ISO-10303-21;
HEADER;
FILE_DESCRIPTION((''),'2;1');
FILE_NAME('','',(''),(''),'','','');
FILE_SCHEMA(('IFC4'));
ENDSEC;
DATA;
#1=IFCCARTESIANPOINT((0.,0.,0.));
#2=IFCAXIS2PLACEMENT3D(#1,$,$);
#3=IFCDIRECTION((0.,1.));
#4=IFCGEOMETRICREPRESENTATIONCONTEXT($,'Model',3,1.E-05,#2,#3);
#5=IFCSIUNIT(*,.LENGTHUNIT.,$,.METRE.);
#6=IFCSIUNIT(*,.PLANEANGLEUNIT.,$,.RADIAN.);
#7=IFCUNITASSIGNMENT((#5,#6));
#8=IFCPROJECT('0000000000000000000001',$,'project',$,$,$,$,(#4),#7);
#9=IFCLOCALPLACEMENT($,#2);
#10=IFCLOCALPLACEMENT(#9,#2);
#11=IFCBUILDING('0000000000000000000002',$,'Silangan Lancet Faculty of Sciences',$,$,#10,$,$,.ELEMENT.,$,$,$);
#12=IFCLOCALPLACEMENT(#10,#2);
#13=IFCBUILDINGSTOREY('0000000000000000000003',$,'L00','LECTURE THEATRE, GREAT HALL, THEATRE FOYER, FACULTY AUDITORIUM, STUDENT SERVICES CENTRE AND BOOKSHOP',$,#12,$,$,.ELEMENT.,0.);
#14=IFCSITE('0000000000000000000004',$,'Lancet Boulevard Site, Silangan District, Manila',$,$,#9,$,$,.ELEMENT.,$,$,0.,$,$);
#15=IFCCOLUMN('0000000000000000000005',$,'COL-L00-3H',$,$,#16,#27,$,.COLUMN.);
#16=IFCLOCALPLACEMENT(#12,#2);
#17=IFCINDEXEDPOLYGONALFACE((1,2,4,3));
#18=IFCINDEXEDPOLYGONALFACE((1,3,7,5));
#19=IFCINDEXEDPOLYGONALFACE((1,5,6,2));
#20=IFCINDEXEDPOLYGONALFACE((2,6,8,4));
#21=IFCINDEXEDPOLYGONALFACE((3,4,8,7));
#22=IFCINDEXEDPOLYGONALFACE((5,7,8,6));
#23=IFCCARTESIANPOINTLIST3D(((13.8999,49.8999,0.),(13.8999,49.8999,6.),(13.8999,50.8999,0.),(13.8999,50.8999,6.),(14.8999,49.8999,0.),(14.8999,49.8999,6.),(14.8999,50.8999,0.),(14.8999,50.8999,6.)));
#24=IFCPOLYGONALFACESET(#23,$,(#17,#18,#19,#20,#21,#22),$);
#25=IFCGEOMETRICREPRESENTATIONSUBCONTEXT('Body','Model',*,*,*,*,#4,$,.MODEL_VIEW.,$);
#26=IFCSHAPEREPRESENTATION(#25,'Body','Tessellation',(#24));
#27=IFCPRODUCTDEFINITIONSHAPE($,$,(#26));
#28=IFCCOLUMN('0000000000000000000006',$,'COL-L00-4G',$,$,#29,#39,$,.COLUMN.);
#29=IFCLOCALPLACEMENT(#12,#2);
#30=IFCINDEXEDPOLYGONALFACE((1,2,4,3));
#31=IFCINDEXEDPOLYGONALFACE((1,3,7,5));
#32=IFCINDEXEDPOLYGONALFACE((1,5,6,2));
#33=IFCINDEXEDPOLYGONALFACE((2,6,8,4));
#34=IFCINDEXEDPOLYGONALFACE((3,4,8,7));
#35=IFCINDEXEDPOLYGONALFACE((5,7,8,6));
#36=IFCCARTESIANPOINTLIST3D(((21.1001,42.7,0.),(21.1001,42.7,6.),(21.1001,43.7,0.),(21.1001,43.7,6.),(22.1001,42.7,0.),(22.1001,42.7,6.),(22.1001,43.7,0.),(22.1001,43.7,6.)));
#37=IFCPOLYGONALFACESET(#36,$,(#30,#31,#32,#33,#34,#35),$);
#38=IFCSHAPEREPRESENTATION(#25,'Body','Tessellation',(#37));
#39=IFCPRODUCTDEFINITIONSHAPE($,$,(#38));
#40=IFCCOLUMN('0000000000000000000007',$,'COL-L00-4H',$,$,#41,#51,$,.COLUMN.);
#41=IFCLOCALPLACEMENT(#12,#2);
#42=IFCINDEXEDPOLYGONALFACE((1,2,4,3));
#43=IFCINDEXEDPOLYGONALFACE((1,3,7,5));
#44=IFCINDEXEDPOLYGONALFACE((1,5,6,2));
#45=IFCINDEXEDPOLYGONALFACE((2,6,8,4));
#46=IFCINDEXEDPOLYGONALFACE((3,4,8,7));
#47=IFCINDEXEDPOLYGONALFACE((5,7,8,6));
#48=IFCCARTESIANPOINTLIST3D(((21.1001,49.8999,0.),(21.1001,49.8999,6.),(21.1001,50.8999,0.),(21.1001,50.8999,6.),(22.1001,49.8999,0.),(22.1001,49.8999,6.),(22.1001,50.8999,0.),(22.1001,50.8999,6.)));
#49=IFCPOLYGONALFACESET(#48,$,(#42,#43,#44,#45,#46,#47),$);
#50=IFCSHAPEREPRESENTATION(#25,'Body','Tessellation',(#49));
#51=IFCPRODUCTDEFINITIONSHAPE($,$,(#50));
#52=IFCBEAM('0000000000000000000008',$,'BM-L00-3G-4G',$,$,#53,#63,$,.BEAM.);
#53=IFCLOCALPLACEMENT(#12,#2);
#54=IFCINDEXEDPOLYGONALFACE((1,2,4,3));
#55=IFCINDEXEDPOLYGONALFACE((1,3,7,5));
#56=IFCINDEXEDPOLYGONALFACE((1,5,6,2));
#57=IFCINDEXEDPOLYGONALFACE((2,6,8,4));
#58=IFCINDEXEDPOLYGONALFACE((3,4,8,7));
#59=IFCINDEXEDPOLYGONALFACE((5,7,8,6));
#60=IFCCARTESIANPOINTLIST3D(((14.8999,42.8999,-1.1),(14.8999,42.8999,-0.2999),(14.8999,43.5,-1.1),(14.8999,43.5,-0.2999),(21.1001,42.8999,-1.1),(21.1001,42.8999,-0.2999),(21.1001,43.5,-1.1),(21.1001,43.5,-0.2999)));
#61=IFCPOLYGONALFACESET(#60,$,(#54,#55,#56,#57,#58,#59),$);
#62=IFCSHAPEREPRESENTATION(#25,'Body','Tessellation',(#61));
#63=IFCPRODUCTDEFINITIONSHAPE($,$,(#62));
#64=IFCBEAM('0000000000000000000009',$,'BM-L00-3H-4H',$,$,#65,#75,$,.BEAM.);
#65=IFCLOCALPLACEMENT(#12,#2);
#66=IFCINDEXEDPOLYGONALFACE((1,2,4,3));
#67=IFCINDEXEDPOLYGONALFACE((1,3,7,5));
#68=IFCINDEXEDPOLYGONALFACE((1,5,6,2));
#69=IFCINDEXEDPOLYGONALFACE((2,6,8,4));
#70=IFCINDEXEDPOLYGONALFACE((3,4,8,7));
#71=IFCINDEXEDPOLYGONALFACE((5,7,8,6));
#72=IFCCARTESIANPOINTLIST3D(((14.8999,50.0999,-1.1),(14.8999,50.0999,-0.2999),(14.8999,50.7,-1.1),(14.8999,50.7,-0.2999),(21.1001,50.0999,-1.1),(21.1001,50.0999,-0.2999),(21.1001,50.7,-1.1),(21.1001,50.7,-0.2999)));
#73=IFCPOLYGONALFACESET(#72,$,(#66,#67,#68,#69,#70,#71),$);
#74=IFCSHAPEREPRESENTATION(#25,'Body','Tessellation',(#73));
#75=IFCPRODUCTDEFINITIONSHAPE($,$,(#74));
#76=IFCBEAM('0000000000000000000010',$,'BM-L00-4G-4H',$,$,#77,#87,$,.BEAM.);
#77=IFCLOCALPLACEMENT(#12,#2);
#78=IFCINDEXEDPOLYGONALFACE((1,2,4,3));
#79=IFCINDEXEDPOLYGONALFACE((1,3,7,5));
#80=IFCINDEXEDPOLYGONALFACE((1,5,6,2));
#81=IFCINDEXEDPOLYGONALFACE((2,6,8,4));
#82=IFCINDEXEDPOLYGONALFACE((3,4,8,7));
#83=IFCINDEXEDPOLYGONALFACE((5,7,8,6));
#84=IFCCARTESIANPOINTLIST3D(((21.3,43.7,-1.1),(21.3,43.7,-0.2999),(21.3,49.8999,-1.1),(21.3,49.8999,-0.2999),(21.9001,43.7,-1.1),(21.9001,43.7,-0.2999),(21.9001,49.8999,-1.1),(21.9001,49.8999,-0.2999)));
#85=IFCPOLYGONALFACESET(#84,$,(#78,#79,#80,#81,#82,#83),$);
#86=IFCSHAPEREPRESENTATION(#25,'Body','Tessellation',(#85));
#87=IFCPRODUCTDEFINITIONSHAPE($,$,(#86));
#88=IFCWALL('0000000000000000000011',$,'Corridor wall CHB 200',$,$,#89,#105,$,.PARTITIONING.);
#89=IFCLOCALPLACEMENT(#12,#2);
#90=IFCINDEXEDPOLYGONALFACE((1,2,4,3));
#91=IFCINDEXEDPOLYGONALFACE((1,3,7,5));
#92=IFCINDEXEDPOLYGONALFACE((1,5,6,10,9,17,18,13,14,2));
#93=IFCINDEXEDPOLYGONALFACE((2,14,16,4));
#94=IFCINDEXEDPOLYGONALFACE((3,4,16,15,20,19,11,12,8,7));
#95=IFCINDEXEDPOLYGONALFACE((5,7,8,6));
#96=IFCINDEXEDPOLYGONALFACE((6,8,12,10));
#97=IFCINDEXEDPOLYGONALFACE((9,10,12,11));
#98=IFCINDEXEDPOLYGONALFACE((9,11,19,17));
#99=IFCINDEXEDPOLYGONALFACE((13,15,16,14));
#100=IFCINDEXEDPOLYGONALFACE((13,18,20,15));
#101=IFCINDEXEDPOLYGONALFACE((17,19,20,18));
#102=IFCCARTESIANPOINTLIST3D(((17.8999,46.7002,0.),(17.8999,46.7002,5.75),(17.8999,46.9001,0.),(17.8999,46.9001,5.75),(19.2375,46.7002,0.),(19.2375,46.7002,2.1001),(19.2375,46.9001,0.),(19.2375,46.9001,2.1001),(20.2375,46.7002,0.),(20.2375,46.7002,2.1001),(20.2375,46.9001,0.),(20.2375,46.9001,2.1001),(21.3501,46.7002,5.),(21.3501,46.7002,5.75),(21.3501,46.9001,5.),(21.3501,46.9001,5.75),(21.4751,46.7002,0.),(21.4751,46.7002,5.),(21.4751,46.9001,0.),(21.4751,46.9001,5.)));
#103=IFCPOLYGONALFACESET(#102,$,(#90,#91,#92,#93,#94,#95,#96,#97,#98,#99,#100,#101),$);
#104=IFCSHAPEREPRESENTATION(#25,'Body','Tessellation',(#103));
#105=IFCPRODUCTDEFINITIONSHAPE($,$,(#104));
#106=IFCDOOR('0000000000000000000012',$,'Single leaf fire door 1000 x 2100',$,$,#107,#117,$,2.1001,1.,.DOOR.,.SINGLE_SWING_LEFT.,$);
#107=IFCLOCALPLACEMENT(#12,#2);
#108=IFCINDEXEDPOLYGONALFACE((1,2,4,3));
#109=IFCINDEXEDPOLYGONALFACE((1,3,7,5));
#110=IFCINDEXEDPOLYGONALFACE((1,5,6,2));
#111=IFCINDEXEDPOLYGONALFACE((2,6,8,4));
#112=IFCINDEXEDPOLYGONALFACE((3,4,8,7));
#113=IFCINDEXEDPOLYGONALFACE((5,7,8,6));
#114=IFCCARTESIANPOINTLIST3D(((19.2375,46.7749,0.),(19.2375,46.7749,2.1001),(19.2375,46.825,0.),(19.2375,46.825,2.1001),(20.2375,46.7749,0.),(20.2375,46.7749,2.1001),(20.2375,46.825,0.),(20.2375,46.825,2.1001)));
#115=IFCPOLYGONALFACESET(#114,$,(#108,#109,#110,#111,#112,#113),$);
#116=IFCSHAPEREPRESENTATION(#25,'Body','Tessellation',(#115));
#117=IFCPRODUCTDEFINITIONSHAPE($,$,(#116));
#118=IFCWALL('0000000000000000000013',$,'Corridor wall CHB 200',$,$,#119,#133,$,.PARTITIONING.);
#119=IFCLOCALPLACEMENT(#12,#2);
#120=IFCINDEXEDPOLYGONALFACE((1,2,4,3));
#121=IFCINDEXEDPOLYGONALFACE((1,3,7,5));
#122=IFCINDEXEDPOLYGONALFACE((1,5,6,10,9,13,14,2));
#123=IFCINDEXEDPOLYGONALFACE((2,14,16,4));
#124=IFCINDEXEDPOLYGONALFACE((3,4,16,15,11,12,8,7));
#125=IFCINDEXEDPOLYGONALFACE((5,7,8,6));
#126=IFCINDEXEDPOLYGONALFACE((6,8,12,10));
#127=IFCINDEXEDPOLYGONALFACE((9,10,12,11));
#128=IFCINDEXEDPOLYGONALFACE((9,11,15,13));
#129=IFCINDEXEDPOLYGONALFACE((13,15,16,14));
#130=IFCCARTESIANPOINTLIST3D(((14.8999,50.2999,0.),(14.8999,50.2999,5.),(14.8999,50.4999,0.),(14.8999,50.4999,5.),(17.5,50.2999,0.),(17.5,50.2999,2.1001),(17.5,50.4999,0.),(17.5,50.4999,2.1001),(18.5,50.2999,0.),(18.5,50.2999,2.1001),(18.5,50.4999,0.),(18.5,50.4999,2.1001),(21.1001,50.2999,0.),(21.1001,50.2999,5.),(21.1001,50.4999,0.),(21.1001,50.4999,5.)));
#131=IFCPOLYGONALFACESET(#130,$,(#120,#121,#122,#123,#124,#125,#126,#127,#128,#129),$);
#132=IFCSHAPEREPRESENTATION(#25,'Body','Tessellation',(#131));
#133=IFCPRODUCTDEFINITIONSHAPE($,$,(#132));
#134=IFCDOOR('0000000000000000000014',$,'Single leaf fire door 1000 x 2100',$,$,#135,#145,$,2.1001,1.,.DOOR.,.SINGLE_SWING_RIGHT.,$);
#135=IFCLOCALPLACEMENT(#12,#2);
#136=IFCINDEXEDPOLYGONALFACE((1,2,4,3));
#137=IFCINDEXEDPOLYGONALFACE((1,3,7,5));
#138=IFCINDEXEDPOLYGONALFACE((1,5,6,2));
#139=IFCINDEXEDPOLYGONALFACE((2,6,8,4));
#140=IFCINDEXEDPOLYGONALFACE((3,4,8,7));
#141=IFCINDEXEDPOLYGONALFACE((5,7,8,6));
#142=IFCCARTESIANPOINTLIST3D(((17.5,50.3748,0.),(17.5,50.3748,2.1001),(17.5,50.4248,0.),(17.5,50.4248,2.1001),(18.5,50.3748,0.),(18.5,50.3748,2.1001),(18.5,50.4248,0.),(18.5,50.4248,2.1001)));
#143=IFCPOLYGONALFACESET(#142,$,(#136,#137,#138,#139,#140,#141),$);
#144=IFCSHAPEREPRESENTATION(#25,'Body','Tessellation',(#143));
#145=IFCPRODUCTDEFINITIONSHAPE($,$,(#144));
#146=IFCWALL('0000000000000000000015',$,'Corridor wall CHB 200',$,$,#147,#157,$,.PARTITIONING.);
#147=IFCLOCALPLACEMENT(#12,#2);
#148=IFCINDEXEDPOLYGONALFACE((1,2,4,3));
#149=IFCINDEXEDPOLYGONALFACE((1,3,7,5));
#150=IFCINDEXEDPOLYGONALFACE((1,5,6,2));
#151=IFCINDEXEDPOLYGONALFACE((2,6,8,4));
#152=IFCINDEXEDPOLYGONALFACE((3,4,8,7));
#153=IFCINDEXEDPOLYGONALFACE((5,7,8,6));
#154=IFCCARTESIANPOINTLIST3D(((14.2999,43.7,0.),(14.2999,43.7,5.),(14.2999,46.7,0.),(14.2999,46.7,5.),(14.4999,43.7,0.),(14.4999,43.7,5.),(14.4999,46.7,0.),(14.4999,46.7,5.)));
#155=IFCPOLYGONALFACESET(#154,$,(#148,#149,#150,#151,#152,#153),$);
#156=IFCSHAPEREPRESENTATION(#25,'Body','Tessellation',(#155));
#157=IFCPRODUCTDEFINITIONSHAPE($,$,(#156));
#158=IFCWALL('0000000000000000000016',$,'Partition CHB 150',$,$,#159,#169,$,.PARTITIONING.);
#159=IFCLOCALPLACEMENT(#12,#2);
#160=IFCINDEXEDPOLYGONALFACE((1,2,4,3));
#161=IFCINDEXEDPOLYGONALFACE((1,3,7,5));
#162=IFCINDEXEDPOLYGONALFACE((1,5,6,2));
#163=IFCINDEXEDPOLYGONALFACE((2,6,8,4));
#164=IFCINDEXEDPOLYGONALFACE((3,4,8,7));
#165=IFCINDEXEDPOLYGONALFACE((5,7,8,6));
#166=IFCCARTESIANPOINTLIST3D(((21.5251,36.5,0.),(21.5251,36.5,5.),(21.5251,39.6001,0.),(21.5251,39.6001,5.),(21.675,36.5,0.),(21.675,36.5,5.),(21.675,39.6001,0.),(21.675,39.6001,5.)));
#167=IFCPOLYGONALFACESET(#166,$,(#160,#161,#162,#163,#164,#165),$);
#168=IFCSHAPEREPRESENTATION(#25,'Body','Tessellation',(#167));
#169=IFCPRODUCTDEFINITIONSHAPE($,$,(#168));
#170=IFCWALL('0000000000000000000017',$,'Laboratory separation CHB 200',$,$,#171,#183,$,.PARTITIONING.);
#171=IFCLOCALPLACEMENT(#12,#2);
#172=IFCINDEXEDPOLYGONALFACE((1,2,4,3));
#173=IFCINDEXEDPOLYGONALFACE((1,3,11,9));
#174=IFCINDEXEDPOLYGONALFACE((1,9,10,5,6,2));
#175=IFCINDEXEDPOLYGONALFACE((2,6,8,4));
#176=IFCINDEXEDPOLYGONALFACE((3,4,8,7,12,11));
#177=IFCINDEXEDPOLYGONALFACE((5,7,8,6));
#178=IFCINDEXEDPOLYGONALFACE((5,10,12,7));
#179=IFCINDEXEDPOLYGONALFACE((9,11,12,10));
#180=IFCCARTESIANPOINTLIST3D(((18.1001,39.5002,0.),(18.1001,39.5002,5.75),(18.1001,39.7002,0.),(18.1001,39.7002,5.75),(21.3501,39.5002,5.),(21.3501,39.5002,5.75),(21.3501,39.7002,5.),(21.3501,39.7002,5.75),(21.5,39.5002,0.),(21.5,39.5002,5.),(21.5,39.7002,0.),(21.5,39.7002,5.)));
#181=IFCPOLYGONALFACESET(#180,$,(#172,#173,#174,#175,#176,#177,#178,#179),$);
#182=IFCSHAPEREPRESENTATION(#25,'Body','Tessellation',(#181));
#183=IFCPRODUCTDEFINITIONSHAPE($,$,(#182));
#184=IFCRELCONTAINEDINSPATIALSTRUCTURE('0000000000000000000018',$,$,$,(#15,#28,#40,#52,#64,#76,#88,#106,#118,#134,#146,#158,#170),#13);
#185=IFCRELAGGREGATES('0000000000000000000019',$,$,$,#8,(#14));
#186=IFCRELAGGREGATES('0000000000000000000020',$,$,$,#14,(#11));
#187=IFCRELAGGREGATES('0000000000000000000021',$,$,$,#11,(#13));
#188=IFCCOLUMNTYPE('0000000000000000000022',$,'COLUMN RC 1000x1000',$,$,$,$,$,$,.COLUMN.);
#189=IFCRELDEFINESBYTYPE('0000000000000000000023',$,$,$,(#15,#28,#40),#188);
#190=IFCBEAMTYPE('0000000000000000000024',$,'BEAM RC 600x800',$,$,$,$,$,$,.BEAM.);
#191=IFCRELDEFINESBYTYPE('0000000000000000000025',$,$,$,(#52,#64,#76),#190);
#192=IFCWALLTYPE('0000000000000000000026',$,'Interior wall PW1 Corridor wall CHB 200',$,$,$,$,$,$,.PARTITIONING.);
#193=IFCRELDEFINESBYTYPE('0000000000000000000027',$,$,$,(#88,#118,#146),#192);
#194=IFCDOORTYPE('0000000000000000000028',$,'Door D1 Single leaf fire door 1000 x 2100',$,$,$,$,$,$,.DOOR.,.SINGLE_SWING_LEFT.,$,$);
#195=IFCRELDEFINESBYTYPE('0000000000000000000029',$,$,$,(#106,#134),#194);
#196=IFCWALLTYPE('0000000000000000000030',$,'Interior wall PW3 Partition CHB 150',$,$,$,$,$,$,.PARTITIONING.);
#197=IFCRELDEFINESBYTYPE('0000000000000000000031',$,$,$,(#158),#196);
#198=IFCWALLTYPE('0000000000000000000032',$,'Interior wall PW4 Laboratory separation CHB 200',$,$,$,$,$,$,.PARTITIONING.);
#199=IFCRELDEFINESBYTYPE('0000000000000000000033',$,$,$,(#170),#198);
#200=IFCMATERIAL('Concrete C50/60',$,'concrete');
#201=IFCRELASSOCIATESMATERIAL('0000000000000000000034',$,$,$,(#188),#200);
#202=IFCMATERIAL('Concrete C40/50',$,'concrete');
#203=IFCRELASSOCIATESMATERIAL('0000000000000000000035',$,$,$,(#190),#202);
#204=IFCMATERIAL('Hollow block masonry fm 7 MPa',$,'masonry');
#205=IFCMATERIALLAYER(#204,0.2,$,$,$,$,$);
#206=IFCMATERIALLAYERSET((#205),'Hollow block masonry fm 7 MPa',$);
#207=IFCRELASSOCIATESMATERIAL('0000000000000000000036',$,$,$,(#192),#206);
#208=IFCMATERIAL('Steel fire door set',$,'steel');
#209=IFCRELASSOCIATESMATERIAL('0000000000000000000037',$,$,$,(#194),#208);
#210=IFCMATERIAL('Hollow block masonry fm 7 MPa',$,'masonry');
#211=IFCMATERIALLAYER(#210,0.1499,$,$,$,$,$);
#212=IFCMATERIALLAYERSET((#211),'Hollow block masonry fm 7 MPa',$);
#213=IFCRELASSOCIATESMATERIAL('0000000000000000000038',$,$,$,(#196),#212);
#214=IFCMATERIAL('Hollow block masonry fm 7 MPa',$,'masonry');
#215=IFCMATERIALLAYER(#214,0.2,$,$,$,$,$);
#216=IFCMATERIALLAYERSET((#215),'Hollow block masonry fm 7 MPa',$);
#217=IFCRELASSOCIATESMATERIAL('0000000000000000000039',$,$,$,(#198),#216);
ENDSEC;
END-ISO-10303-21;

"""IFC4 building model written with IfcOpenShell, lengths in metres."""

from ifc_helpers import new_model, si_unit, direction, frame, frame_2d, origin, origin_2d, place, context, subcontext, project, spatial, polyline, rectangle, outline, extrude, material, layer, layer_set, material_profile, profile_set, type_object, element, fill, save


model = new_model("IFC4")

# Units and contexts
model_context = context("Model", 3, precision=1e-05, world=origin(), true_north=direction((0.0, 1.0)))
body_context = subcontext(model_context, "Body", "Model", "MODEL_VIEW")
ifc_project = project(units=[si_unit("LENGTHUNIT", "METRE"), si_unit("PLANEANGLEUNIT", "RADIAN")], contexts=[model_context])

# Site, building, storey
site_placement = place(None, origin())
site = spatial("IfcSite", under=ifc_project, at=site_placement, Name="Lancet Boulevard Site, Silangan District, Manila", CompositionType="ELEMENT", RefElevation=0.0)
building_placement = place(site_placement, origin())
building = spatial("IfcBuilding", under=site, at=building_placement, Name="Silangan Lancet Faculty of Sciences", CompositionType="ELEMENT")
storey_placement = place(building_placement, origin())
storey = spatial("IfcBuildingStorey", under=building, at=storey_placement, Name="L00", Description="LECTURE THEATRE, GREAT HALL, THEATRE FOYER, FACULTY AUDITORIUM, STUDENT SERVICES CENTRE AND BOOKSHOP", CompositionType="ELEMENT", Elevation=0.0)

# Columns
ifc_material_1 = material(Name="Concrete C50/60", Category="concrete")
ifc_material_profile_1 = material_profile(ifc_material_1, rectangle(XDim=1.0, YDim=1.0, at=origin_2d()), Name="RC 1000x1000")
ifc_profile_set_1 = profile_set([ifc_material_profile_1], Name="Concrete C50/60")
column_type = type_object("IfcColumnType", Name="COLUMN RC 1000x1000", PredefinedType="COLUMN", material=ifc_profile_set_1)
for number, where, z_axis, x_axis, name in (
    (1, (14.3999, 50.3999, 0.0), (0.0, 0.0, 1.0), (1.0, 0.0, 0.0), "COL-L00-3H"),
    (2, (21.6001, 43.2, 0.0), (0.0, 0.0, 1.0), (1.0, 0.0, 0.0), "COL-L00-4G"),
    (3, (21.6001, 50.3999, 0.0), (0.0, 0.0, 1.0), (1.0, 0.0, 0.0), "COL-L00-4H"),
):
    element("IfcColumn", number, at=place(storey_placement, frame(where, z_axis=z_axis, x_axis=x_axis)), inside=storey, type_object=column_type, Name=name, PredefinedType="COLUMN", context=body_context, shape_type="SweptSolid", body=[
        extrude(rectangle(XDim=1.0, YDim=1.0, at=origin_2d()), origin(), (0.0, 0.0, 1.0), 6.0),
    ])

# Beams
ifc_material_2 = material(Name="Concrete C40/50", Category="concrete")
ifc_material_profile_2 = material_profile(ifc_material_2, rectangle(XDim=0.6001, YDim=0.8, at=origin_2d()), Name="RC 600x800")
ifc_profile_set_2 = profile_set([ifc_material_profile_2], Name="Concrete C40/50")
beam_type = type_object("IfcBeamType", Name="BEAM RC 600x800", PredefinedType="BEAM", material=ifc_profile_set_2)
for number, where, z_axis, x_axis, name in (
    (4, (14.8999, 43.2, -0.7), (1.0, 0.0, 0.0), (0.0, 1.0, 0.0), "BM-L00-3G-4G"),
    (5, (14.8999, 50.3999, -0.7), (1.0, 0.0, 0.0), (0.0, 1.0, 0.0), "BM-L00-3H-4H"),
):
    element("IfcBeam", number, at=place(storey_placement, frame(where, z_axis=z_axis, x_axis=x_axis)), inside=storey, type_object=beam_type, Name=name, PredefinedType="BEAM", context=body_context, shape_type="SweptSolid", body=[
        extrude(rectangle(XDim=0.6001, YDim=0.8, at=origin_2d()), origin(), (0.0, 0.0, 1.0), 6.2002),
    ])
beam_placement = place(storey_placement, frame((21.6001, 43.7, -0.7), z_axis=(0.0, 1.0, 0.0), x_axis=(-1.0, 0.0, 0.0)))
element("IfcBeam", 6, at=beam_placement, inside=storey, type_object=beam_type, Name="BM-L00-4G-4H", PredefinedType="BEAM", context=body_context, shape_type="SweptSolid", body=[
    extrude(rectangle(XDim=0.6001, YDim=0.8, at=origin_2d()), origin(), (0.0, 0.0, 1.0), 6.2),
])

# Walls, openings, doors
ifc_material_3 = material(Name="Hollow block masonry fm 7 MPa", Category="masonry")
ifc_layer_1 = layer(ifc_material_3, 0.2)
ifc_layer_set_1 = layer_set([ifc_layer_1], Name="Hollow block masonry fm 7 MPa")
wall_type_1 = type_object("IfcWallType", Name="Interior wall PW1 Corridor wall CHB 200", PredefinedType="PARTITIONING", material=ifc_layer_set_1)
wall_1_placement = place(storey_placement, frame((17.8999, 46.8, 0.0), z_axis=(0.0, 0.0, 1.0), x_axis=(1.0, 0.0, 0.0)))
wall_1 = element("IfcWall", 7, at=wall_1_placement, inside=storey, type_object=wall_type_1, Name="Corridor wall CHB 200", PredefinedType="PARTITIONING", context=body_context, shape_type="SweptSolid", body=[
    extrude(outline(polyline([(0.0, 0.0), (3.5752, 0.0), (3.5752, 5.0), (3.4502, 5.0), (3.4502, 5.75), (0.0, 5.75), (0.0, 0.0)])), frame((0.0, 0.1001, 0.0), z_axis=(0.0, -1.0, 0.0), x_axis=(1.0, 0.0, 0.0)), (0.0, 0.0, 1.0), 0.2),
])
opening_1_placement = place(wall_1_placement, frame((1.3376, 0.0, 0.0)))
opening_1 = element("IfcOpeningElement", 8, at=opening_1_placement, cuts=wall_1, PredefinedType="OPENING", context=body_context, shape_type="SweptSolid", body=[
    extrude(rectangle(XDim=1.0, YDim=2.1001, at=frame_2d((0.5, 1.05))), frame((0.0, 0.1099, 0.0), z_axis=(0.0, -1.0, 0.0), x_axis=(1.0, 0.0, 0.0)), (0.0, 0.0, 1.0), 0.22),
])
ifc_material_4 = material(Name="Steel fire door set", Category="steel")
door_type_1 = type_object("IfcDoorType", Name="Door D1 Single leaf fire door 1000 x 2100", OperationType="SINGLE_SWING_LEFT", PredefinedType="DOOR", material=ifc_material_4)
door_1_placement = place(opening_1_placement, frame((1.0, 0.0, 0.0), z_axis=(0.0, 0.0, 1.0), x_axis=(-1.0, 0.0, 0.0)))
door_1 = element("IfcDoor", 9, at=door_1_placement, inside=storey, type_object=door_type_1, Name="Single leaf fire door 1000 x 2100", OperationType="SINGLE_SWING_LEFT", OverallHeight=2.1001, OverallWidth=1.0, PredefinedType="DOOR", context=body_context, shape_type="SweptSolid", body=[
    extrude(rectangle(XDim=1.0, YDim=2.1001, at=frame_2d((0.5, 1.05))), frame((0.0, 0.0251, 0.0), z_axis=(0.0, -1.0, 0.0), x_axis=(1.0, 0.0, 0.0)), (0.0, 0.0, 1.0), 0.05),
])
fill(opening_1, door_1)
wall_2_placement = place(storey_placement, frame((14.8999, 50.3999, 0.0), z_axis=(0.0, 0.0, 1.0), x_axis=(1.0, 0.0, 0.0)))
wall_2 = element("IfcWall", 10, at=wall_2_placement, inside=storey, type_object=wall_type_1, Name="Corridor wall CHB 200", PredefinedType="PARTITIONING", context=body_context, shape_type="SweptSolid", body=[
    extrude(rectangle(XDim=6.2002, YDim=0.2, at=frame_2d((3.1001, 0.0))), origin(), (0.0, 0.0, 1.0), 5.0),
])
opening_2_placement = place(wall_2_placement, frame((2.6001, 0.0, 0.0)))
opening_2 = element("IfcOpeningElement", 11, at=opening_2_placement, cuts=wall_2, PredefinedType="OPENING", context=body_context, shape_type="SweptSolid", body=[
    extrude(rectangle(XDim=1.0, YDim=2.1001, at=frame_2d((0.5, 1.05))), frame((0.0, 0.1099, 0.0), z_axis=(0.0, -1.0, 0.0), x_axis=(1.0, 0.0, 0.0)), (0.0, 0.0, 1.0), 0.22),
])
door_2_placement = place(opening_2_placement, origin())
door_2 = element("IfcDoor", 12, at=door_2_placement, inside=storey, type_object=door_type_1, Name="Single leaf fire door 1000 x 2100", OperationType="SINGLE_SWING_RIGHT", OverallHeight=2.1001, OverallWidth=1.0, PredefinedType="DOOR", context=body_context, shape_type="SweptSolid", body=[
    extrude(rectangle(XDim=1.0, YDim=2.1001, at=frame_2d((0.5, 1.05))), frame((0.0, 0.0249, 0.0), z_axis=(0.0, -1.0, 0.0), x_axis=(1.0, 0.0, 0.0)), (0.0, 0.0, 1.0), 0.05),
])
fill(opening_2, door_2)

# Walls
wall_3_placement = place(storey_placement, frame((14.3999, 43.7, 0.0), z_axis=(0.0, 0.0, 1.0), x_axis=(0.0, 1.0, 0.0)))
element("IfcWall", 13, at=wall_3_placement, inside=storey, type_object=wall_type_1, Name="Corridor wall CHB 200", PredefinedType="PARTITIONING", context=body_context, shape_type="SweptSolid", body=[
    extrude(rectangle(XDim=3.0, YDim=0.2, at=frame_2d((1.5, 0.0))), origin(), (0.0, 0.0, 1.0), 5.0),
])
ifc_material_5 = material(Name="Hollow block masonry fm 7 MPa", Category="masonry")
ifc_layer_2 = layer(ifc_material_5, 0.1499)
ifc_layer_set_2 = layer_set([ifc_layer_2], Name="Hollow block masonry fm 7 MPa")
wall_type_2 = type_object("IfcWallType", Name="Interior wall PW3 Partition CHB 150", PredefinedType="PARTITIONING", material=ifc_layer_set_2)
wall_4_placement = place(storey_placement, frame((21.6001, 36.5, 0.0), z_axis=(0.0, 0.0, 1.0), x_axis=(0.0, 1.0, 0.0)))
element("IfcWall", 14, at=wall_4_placement, inside=storey, type_object=wall_type_2, Name="Partition CHB 150", PredefinedType="PARTITIONING", context=body_context, shape_type="SweptSolid", body=[
    extrude(rectangle(XDim=3.1001, YDim=0.1499, at=frame_2d((1.55, 0.0))), origin(), (0.0, 0.0, 1.0), 5.0),
])
ifc_material_6 = material(Name="Hollow block masonry fm 7 MPa", Category="masonry")
ifc_layer_3 = layer(ifc_material_6, 0.2)
ifc_layer_set_3 = layer_set([ifc_layer_3], Name="Hollow block masonry fm 7 MPa")
wall_type_3 = type_object("IfcWallType", Name="Interior wall PW4 Laboratory separation CHB 200", PredefinedType="PARTITIONING", material=ifc_layer_set_3)
wall_5_placement = place(storey_placement, frame((18.1001, 39.6001, 0.0), z_axis=(0.0, 0.0, 1.0), x_axis=(1.0, 0.0, 0.0)))
element("IfcWall", 15, at=wall_5_placement, inside=storey, type_object=wall_type_3, Name="Laboratory separation CHB 200", PredefinedType="PARTITIONING", context=body_context, shape_type="SweptSolid", body=[
    extrude(outline(polyline([(0.0, 0.0), (3.3999, 0.0), (3.3999, 5.0), (3.25, 5.0), (3.25, 5.75), (0.0, 5.75), (0.0, 0.0)])), frame((0.0, 0.1001, 0.0), z_axis=(0.0, -1.0, 0.0), x_axis=(1.0, 0.0, 0.0)), (0.0, 0.0, 1.0), 0.2),
])

save(model, "model.ifc")
